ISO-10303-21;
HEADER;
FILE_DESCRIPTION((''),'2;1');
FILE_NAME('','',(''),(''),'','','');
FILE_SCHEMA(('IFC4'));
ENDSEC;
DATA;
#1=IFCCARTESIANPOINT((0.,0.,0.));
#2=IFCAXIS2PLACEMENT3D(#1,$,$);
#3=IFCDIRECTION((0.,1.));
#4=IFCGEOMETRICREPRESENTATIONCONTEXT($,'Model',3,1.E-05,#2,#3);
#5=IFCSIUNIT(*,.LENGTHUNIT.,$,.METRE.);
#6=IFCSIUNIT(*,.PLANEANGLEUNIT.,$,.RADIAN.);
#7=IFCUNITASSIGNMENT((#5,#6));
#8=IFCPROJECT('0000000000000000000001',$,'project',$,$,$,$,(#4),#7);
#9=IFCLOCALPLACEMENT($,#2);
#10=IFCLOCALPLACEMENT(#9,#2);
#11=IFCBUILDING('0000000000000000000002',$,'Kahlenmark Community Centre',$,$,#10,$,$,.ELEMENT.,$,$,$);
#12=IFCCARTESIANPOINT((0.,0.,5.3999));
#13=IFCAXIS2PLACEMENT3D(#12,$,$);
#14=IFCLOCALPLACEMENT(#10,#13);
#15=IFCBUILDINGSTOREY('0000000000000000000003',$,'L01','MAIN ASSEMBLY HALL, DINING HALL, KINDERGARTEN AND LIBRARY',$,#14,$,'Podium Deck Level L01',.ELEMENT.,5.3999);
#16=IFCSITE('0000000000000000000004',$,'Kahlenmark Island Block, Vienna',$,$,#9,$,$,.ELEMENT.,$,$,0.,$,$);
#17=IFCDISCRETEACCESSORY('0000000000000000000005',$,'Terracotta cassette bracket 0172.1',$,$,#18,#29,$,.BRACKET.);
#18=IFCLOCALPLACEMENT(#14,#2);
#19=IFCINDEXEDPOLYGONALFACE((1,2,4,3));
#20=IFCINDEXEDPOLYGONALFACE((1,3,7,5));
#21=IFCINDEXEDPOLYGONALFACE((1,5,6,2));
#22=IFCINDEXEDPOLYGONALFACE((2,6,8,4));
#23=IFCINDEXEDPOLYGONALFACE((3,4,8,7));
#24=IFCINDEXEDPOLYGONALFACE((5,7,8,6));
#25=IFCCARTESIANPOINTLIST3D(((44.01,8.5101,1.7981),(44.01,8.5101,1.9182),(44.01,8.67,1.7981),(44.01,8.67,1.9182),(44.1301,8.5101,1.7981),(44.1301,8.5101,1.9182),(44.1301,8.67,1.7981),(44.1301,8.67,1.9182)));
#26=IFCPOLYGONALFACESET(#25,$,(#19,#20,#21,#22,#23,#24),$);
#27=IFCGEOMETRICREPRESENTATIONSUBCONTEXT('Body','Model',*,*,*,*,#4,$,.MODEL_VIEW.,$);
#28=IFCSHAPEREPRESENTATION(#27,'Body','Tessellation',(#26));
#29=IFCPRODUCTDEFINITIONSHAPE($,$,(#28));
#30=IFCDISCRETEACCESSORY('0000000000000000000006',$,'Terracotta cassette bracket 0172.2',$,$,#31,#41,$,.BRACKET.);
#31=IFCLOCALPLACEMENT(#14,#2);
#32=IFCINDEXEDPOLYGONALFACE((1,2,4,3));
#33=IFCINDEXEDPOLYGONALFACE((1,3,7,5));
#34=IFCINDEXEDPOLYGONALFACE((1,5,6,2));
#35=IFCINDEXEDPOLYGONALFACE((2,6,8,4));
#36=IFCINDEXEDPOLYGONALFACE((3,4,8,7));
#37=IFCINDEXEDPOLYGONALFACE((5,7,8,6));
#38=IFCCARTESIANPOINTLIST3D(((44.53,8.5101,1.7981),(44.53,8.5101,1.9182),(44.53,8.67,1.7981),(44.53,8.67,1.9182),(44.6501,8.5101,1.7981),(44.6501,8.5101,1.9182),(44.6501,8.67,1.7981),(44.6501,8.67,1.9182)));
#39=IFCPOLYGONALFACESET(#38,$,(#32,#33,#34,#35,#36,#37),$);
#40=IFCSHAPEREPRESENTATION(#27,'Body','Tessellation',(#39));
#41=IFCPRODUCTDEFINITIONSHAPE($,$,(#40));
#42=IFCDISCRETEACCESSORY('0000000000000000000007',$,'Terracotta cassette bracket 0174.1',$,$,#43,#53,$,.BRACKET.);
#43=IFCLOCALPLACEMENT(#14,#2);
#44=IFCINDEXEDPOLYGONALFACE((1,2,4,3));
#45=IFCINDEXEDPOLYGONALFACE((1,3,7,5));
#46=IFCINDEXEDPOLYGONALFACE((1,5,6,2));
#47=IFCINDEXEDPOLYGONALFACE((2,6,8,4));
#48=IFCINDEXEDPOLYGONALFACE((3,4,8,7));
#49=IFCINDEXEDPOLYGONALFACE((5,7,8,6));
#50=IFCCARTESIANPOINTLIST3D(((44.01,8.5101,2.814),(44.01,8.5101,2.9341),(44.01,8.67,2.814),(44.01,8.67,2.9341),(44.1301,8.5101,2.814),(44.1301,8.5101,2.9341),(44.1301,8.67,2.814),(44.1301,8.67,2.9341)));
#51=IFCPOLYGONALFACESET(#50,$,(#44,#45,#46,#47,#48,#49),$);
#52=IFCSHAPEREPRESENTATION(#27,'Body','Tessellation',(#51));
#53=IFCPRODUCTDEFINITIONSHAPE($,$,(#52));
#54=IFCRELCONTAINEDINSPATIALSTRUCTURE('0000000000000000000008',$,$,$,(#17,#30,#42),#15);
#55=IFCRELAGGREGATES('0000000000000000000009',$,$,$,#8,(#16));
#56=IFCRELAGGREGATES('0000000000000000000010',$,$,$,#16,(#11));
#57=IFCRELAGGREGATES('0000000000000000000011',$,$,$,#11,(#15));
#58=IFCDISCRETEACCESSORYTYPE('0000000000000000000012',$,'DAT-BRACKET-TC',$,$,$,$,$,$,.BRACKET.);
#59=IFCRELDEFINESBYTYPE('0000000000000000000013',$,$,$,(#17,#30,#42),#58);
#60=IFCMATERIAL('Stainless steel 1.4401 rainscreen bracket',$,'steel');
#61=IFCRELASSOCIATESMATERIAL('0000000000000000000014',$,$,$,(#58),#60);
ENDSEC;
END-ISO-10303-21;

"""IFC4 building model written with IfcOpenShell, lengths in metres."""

from ifc_helpers import new_model, si_unit, direction, frame, origin, origin_2d, place, context, subcontext, project, spatial, rectangle, extrude, material, type_object, element, save


model = new_model("IFC4")

# Units and contexts
model_context = context("Model", 3, precision=1e-05, world=origin(), true_north=direction((0.0, 1.0)))
body_context = subcontext(model_context, "Body", "Model", "MODEL_VIEW")
ifc_project = project(units=[si_unit("LENGTHUNIT", "METRE"), si_unit("PLANEANGLEUNIT", "RADIAN")], contexts=[model_context])

# Site, building, storey
site_placement = place(None, origin())
site = spatial("IfcSite", under=ifc_project, at=site_placement, Name="Kahlenmark Island Block, Vienna", CompositionType="ELEMENT", RefElevation=0.0)
building_placement = place(site_placement, origin())
building = spatial("IfcBuilding", under=site, at=building_placement, Name="Kahlenmark Community Centre", CompositionType="ELEMENT")
storey_placement = place(building_placement, frame((0.0, 0.0, 5.3999)))
storey = spatial("IfcBuildingStorey", under=building, at=storey_placement, Name="L01", Description="MAIN ASSEMBLY HALL, DINING HALL, KINDERGARTEN AND LIBRARY", LongName="Podium Deck Level L01", CompositionType="ELEMENT", Elevation=5.3999)

# Discrete accessories
ifc_material_1 = material(Name="Stainless steel 1.4401 rainscreen bracket", Category="steel")
discrete_accessory_type = type_object("IfcDiscreteAccessoryType", Name="DAT-BRACKET-TC", PredefinedType="BRACKET", material=ifc_material_1)
for number, where, z_axis, x_axis, name in (
    (1, (44.0701, 8.5901, 1.7981), (0.0, 0.0, 1.0), (1.0, 0.0, 0.0), "Terracotta cassette bracket 0172.1"),
    (2, (44.5901, 8.5901, 1.7981), (0.0, 0.0, 1.0), (1.0, 0.0, 0.0), "Terracotta cassette bracket 0172.2"),
    (3, (44.0701, 8.5901, 2.814), (0.0, 0.0, 1.0), (1.0, 0.0, 0.0), "Terracotta cassette bracket 0174.1"),
):
    element("IfcDiscreteAccessory", number, at=place(storey_placement, frame(where, z_axis=z_axis, x_axis=x_axis)), inside=storey, type_object=discrete_accessory_type, Name=name, PredefinedType="BRACKET", context=body_context, shape_type="SweptSolid", body=[
        extrude(rectangle(XDim=0.1201, YDim=0.1599, at=origin_2d()), origin(), (0.0, 0.0, 1.0), 0.1201),
    ])

save(model, "model.ifc")
